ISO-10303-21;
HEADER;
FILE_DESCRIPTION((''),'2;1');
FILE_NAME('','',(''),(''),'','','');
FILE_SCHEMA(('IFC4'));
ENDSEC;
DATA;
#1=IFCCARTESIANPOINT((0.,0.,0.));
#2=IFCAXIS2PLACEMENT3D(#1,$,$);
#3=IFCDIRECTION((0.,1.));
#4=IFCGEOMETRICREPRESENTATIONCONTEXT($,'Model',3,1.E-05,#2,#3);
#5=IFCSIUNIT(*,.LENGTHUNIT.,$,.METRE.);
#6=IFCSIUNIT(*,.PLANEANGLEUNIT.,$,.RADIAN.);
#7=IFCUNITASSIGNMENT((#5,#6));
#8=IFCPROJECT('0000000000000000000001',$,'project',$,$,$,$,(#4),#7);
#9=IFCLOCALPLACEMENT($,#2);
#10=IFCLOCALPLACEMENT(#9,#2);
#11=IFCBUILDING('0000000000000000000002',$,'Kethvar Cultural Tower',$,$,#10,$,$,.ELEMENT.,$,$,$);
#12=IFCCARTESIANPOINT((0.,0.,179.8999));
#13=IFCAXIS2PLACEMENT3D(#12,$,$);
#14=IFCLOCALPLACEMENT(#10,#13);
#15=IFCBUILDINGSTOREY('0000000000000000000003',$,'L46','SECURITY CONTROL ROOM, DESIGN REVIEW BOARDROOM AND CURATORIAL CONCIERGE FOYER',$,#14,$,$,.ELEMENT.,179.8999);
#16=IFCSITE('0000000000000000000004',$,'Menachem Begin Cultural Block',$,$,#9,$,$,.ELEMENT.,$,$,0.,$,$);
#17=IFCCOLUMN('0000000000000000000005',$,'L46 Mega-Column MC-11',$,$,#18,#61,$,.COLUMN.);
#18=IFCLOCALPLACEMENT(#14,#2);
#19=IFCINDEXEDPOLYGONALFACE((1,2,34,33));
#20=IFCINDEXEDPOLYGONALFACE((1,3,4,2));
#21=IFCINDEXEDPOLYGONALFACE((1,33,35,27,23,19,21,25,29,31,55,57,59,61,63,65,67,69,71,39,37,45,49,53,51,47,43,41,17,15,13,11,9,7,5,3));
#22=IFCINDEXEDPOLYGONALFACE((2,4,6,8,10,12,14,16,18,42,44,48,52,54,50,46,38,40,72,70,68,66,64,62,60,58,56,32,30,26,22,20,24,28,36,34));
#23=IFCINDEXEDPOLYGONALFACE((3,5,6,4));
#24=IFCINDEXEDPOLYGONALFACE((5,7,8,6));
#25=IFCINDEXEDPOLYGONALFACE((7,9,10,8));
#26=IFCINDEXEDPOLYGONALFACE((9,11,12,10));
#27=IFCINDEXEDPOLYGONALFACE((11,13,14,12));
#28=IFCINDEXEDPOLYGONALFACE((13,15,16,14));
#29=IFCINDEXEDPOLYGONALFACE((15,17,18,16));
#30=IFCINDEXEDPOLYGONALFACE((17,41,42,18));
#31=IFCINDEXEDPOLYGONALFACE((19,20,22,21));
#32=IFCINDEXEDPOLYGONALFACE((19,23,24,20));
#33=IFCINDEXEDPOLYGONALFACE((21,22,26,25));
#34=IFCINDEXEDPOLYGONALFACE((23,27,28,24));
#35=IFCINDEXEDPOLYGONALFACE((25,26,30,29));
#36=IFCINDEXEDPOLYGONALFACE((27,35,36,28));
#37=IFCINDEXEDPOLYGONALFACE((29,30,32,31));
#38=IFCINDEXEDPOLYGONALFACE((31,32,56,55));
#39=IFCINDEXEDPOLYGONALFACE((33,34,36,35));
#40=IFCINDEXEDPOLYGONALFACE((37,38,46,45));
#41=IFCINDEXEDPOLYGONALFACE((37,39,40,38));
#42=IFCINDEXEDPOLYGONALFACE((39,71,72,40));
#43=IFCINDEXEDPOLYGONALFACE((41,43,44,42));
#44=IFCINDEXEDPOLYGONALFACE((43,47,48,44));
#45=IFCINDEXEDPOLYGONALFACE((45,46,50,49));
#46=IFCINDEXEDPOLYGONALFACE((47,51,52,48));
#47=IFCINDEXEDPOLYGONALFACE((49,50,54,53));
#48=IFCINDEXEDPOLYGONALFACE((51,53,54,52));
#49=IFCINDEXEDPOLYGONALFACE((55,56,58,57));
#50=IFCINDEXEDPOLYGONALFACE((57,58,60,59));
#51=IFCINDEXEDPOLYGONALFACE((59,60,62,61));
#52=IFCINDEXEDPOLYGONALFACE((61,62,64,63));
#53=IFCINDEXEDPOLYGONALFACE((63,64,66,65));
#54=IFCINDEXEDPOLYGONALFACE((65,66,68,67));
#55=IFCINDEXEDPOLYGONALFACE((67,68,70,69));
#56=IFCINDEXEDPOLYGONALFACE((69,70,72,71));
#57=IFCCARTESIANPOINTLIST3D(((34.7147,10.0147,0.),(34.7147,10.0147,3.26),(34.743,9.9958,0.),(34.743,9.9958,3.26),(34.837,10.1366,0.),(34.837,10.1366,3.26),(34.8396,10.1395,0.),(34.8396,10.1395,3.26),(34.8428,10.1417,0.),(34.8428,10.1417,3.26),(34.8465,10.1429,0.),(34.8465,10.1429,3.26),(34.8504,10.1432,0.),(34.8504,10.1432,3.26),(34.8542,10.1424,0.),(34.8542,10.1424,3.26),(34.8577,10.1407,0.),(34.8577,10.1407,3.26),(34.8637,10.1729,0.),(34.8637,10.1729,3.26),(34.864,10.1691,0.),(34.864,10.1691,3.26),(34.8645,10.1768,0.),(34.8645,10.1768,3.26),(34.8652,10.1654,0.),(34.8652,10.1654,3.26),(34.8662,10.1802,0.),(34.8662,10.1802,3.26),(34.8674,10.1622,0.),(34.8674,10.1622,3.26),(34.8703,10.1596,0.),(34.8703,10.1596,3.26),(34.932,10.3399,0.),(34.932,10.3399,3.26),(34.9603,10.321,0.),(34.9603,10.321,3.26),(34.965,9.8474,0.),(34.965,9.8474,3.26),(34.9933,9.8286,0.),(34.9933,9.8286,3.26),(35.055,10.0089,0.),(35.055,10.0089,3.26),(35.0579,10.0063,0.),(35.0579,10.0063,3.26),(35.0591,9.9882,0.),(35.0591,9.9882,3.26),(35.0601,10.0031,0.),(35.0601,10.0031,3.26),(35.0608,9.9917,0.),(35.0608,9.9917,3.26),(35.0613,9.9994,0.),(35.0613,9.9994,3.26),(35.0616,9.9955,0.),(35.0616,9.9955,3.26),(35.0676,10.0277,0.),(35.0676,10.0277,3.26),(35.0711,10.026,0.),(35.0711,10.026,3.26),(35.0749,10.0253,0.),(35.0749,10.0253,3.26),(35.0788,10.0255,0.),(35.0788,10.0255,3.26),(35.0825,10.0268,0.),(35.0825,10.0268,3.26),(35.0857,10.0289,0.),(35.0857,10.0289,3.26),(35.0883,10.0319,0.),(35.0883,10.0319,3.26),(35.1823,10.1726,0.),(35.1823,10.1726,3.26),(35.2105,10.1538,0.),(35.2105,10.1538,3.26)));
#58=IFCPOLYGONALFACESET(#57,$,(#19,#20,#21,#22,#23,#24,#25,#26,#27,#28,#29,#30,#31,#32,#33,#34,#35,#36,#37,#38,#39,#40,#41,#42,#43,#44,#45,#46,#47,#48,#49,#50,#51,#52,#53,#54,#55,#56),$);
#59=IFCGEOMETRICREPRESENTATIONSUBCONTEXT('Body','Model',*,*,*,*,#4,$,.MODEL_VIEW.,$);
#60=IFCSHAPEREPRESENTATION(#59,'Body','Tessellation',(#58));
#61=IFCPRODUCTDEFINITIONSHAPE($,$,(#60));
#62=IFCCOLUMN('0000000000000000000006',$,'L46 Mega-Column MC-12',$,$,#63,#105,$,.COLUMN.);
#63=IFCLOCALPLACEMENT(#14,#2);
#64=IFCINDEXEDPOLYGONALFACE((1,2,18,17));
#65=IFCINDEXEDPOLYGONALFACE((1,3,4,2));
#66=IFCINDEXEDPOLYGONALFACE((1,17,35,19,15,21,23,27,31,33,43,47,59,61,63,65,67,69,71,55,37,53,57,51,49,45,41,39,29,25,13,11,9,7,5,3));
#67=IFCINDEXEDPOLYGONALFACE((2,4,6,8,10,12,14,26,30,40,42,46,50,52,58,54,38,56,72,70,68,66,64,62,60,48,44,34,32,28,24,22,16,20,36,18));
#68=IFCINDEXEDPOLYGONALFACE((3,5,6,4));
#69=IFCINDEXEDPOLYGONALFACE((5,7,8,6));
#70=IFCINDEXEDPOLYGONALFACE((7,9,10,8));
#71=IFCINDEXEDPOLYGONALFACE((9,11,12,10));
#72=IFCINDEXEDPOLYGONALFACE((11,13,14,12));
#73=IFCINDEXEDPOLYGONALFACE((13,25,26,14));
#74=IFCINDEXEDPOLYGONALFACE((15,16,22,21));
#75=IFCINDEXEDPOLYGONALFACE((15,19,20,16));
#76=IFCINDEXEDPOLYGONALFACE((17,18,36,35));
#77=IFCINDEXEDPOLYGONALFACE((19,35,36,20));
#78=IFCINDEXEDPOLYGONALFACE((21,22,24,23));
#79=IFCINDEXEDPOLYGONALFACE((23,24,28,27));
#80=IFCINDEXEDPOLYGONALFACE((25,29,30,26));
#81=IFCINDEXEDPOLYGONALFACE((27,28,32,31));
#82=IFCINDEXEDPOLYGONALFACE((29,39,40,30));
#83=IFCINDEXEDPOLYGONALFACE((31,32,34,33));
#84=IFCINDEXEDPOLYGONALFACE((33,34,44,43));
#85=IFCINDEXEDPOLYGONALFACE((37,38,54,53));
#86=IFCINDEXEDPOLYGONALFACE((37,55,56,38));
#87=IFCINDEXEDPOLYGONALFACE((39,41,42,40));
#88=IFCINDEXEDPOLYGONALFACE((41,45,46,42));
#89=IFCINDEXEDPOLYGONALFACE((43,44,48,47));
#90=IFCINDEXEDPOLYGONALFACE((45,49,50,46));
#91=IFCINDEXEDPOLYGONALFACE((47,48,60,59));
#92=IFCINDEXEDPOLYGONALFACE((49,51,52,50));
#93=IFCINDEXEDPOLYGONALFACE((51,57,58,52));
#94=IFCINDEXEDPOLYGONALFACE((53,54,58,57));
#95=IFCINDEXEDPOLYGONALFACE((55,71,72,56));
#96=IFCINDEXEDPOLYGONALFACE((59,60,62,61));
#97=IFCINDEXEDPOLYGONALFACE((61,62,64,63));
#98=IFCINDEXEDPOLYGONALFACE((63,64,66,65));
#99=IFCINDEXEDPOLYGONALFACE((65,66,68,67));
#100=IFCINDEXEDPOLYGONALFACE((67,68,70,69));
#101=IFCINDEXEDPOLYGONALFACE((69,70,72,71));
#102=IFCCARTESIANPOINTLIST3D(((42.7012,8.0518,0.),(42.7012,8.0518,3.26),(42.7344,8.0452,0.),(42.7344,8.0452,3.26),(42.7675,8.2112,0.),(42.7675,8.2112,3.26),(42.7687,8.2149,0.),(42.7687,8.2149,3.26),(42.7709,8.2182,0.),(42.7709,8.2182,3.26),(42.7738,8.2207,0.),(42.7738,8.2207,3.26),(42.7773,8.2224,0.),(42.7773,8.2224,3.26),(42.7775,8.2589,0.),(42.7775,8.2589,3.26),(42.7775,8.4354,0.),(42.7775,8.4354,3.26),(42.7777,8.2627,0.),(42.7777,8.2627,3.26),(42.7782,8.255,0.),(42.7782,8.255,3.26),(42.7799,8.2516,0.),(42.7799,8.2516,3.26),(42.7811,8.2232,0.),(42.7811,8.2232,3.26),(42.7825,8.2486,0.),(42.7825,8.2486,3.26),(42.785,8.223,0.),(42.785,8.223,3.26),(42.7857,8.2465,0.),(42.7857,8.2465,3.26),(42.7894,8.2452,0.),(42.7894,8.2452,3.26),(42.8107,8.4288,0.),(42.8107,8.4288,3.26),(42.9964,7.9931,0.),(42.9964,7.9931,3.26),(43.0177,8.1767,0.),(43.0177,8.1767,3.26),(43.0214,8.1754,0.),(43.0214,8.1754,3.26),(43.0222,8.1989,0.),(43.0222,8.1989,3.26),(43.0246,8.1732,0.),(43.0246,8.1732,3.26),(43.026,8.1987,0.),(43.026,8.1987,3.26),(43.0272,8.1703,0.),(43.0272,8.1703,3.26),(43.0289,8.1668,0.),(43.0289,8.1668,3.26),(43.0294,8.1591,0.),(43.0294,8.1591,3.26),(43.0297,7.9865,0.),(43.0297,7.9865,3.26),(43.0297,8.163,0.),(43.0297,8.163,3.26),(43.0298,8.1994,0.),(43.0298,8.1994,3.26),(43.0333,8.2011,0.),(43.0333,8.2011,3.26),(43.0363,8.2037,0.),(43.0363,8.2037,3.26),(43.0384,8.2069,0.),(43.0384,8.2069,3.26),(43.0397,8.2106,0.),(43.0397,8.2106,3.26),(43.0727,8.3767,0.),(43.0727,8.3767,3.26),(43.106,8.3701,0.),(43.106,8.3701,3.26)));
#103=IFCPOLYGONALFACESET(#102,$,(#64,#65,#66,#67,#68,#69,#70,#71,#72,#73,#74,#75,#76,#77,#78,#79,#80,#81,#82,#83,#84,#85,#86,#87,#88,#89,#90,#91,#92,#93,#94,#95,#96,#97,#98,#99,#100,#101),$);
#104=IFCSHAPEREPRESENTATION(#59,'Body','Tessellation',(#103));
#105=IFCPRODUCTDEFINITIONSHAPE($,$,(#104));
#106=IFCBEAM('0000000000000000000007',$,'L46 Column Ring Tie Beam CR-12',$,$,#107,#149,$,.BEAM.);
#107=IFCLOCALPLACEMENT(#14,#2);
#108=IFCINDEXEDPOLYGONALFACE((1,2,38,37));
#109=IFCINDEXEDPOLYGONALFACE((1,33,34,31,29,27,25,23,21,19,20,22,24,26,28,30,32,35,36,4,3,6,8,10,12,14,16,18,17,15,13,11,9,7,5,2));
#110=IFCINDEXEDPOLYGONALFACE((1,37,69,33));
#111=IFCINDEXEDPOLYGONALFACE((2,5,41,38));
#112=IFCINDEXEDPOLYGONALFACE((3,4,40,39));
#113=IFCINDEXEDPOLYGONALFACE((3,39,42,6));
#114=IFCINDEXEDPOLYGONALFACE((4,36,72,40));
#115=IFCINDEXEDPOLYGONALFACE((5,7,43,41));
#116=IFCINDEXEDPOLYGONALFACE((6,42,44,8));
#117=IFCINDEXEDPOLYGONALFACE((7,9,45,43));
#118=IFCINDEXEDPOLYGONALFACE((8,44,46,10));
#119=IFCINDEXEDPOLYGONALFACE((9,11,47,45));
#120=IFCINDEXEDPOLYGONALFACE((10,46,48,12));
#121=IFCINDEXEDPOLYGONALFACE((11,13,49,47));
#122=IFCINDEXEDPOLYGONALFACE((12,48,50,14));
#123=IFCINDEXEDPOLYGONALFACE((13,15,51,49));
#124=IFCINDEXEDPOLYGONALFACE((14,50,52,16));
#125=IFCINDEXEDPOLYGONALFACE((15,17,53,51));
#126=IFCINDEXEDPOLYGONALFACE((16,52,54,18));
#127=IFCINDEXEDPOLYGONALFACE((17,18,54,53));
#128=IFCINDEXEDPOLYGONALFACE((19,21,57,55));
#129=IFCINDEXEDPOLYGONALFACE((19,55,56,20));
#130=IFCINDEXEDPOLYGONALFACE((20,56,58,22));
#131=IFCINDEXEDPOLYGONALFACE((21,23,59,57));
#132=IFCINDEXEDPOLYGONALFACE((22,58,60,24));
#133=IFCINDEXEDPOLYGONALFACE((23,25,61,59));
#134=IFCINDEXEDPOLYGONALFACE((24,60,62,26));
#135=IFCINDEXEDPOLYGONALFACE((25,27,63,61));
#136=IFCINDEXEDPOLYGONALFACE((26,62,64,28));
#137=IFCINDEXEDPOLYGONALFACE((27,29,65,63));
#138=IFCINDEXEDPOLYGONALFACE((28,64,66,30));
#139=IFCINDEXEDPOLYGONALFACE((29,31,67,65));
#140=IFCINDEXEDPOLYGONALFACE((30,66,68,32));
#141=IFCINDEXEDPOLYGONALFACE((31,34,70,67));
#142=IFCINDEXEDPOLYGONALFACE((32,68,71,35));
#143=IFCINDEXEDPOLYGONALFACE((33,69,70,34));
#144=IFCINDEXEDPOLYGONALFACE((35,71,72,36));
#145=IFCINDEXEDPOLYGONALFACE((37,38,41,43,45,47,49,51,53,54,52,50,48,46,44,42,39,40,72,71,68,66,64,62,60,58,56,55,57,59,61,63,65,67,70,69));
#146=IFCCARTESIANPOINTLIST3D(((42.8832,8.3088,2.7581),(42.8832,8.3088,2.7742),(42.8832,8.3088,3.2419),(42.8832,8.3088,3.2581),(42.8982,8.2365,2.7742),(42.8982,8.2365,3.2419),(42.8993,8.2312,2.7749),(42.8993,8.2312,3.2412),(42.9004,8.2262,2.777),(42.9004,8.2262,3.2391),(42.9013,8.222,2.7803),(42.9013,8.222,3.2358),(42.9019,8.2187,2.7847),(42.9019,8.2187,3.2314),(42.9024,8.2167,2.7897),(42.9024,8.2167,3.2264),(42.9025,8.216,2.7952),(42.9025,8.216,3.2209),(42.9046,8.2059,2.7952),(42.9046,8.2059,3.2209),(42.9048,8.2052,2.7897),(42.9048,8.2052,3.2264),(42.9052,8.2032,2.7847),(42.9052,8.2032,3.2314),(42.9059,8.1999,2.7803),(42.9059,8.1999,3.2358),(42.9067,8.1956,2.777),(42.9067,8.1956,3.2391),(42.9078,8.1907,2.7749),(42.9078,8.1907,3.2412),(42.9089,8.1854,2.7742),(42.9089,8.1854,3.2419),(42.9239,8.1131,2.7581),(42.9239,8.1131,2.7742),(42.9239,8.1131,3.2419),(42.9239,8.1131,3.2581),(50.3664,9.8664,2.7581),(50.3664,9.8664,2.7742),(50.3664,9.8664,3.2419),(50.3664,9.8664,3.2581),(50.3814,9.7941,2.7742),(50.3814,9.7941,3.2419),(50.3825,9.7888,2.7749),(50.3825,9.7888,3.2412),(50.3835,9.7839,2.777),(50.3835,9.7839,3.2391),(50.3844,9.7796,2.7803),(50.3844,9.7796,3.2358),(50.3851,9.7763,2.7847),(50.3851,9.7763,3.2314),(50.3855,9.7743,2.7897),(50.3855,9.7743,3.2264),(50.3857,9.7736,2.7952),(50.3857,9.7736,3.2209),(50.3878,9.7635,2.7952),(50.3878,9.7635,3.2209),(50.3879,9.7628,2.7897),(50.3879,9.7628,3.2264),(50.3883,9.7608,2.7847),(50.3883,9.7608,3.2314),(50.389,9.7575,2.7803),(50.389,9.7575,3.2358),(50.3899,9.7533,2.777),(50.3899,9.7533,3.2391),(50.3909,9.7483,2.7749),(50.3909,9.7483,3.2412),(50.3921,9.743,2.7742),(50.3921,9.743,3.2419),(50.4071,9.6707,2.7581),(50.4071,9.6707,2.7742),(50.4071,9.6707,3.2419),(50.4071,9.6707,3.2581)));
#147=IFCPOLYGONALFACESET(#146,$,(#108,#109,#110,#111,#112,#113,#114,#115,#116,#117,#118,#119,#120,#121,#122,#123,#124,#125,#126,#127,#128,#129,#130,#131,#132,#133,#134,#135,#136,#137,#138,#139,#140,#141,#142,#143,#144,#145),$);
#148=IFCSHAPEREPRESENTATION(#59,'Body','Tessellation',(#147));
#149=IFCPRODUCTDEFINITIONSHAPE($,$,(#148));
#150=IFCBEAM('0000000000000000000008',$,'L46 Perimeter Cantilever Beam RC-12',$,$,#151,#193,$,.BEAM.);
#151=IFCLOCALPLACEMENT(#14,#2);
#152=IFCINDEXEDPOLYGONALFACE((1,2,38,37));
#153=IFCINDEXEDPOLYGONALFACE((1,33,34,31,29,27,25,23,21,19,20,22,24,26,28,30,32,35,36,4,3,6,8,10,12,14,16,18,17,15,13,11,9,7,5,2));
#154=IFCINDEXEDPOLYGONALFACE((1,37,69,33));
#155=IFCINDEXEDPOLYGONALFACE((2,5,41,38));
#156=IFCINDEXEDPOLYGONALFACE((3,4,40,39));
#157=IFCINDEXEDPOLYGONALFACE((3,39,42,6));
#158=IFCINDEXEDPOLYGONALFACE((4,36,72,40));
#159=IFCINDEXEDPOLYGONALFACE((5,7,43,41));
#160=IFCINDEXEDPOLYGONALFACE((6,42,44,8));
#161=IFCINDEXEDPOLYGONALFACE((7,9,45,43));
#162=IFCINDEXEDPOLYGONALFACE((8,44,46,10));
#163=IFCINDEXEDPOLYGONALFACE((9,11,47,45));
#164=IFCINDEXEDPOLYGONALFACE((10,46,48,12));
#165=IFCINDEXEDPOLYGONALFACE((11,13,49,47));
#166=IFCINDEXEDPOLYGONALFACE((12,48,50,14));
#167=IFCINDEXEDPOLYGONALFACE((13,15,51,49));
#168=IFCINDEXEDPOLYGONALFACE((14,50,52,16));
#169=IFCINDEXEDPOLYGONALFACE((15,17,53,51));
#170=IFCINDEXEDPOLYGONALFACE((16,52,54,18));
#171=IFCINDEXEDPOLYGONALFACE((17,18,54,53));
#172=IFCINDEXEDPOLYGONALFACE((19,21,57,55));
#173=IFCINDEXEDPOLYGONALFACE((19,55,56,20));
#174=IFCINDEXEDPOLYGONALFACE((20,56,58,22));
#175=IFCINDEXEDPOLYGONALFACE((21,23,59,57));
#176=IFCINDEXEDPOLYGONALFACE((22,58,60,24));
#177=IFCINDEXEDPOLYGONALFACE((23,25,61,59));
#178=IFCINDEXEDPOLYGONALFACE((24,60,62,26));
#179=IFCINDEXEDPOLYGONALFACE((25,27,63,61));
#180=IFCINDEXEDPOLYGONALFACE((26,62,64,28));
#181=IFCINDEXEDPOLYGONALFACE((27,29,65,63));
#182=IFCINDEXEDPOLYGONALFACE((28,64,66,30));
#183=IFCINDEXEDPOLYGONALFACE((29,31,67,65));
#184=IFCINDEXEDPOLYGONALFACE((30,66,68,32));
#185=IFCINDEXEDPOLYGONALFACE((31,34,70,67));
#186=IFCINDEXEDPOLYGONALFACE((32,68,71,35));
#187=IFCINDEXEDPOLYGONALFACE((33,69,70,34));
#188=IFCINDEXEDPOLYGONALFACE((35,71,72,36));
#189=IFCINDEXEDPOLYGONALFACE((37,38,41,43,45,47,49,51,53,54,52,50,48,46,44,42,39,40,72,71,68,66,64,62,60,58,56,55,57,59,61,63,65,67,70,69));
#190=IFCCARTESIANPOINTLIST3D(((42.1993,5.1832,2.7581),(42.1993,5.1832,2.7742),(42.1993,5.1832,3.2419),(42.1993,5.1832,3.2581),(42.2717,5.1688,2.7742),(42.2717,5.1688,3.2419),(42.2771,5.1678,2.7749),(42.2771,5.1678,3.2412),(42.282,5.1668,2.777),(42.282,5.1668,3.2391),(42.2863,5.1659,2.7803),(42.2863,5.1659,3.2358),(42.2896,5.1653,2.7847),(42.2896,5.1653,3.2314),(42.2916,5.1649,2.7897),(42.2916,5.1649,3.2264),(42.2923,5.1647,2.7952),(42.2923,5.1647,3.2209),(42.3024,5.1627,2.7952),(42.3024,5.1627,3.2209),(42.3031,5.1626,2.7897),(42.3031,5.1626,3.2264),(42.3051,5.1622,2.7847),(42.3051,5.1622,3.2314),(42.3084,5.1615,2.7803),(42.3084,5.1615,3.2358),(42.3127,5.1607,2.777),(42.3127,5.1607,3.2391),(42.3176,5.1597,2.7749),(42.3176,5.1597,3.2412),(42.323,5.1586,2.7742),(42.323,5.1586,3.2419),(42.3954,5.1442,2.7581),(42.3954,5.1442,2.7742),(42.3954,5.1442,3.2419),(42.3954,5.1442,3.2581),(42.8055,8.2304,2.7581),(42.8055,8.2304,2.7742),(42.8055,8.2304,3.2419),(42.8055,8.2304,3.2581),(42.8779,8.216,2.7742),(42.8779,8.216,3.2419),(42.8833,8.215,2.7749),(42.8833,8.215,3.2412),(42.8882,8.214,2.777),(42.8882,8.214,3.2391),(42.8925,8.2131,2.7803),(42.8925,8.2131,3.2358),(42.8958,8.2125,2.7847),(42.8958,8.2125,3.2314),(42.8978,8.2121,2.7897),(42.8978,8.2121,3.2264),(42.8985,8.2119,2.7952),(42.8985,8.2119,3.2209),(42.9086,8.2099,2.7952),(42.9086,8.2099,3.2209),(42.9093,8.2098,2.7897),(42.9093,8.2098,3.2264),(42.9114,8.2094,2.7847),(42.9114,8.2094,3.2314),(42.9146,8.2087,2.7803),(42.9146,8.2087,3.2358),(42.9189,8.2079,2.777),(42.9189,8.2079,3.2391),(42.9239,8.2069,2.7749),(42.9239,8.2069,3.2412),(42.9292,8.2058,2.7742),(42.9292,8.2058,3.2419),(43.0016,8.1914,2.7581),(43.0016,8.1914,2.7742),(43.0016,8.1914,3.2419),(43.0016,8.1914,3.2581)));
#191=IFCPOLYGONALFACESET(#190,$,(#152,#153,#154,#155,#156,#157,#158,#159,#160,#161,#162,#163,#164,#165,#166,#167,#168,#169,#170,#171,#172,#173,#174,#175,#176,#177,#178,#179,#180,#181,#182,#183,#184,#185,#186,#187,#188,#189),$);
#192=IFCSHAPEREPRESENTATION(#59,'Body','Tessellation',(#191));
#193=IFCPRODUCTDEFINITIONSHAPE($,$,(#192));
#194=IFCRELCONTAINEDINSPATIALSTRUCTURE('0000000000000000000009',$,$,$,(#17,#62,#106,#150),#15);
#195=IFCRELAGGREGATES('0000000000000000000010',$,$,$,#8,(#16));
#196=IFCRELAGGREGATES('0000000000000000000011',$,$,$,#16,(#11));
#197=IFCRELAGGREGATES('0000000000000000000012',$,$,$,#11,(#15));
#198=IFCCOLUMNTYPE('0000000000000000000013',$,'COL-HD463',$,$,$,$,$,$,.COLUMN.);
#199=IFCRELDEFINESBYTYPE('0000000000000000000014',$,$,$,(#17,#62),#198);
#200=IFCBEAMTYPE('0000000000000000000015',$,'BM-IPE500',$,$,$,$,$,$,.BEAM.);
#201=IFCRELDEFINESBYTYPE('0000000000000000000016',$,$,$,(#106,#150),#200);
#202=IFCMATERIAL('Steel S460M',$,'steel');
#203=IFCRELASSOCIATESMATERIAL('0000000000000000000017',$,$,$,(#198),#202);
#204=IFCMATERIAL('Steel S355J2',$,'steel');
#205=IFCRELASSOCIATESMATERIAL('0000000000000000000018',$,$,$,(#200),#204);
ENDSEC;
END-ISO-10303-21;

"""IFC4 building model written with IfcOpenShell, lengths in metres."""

from ifc_helpers import new_model, si_unit, direction, frame, origin, origin_2d, place, context, subcontext, project, spatial, i_section, extrude, source, transform, mapped, material, material_profile, profile_set, type_object, element, save


model = new_model("IFC4")

# Units and contexts
model_context = context("Model", 3, precision=1e-05, world=origin(), true_north=direction((0.0, 1.0)))
body_context = subcontext(model_context, "Body", "Model", "MODEL_VIEW")
ifc_project = project(units=[si_unit("LENGTHUNIT", "METRE"), si_unit("PLANEANGLEUNIT", "RADIAN")], contexts=[model_context])

# Site, building, storey
site_placement = place(None, origin())
site = spatial("IfcSite", under=ifc_project, at=site_placement, Name="Menachem Begin Cultural Block", CompositionType="ELEMENT", RefElevation=0.0)
building_placement = place(site_placement, origin())
building = spatial("IfcBuilding", under=site, at=building_placement, Name="Kethvar Cultural Tower", CompositionType="ELEMENT")
storey_placement = place(building_placement, frame((0.0, 0.0, 179.8999)))
storey = spatial("IfcBuildingStorey", under=building, at=storey_placement, Name="L46", Description="SECURITY CONTROL ROOM, DESIGN REVIEW BOARDROOM AND CURATORIAL CONCIERGE FOYER", CompositionType="ELEMENT", Elevation=179.8999)

# Columns
ifc_material_1 = material(Name="Steel S460M", Category="steel")
ifc_material_profile_1 = material_profile(ifc_material_1, i_section(OverallWidth=0.3911, OverallDepth=0.335, WebThickness=0.0227, FlangeThickness=0.0339, FilletRadius=0.0149, at=origin_2d()), Name="Steel S460M — HD400x463")
ifc_profile_set_1 = profile_set([ifc_material_profile_1], Name="Steel S460M — HD400x463")
column_type = type_object("IfcColumnType", Name="COL-HD463", PredefinedType="COLUMN", material=ifc_profile_set_1)
shared_shape_1 = source(origin(), body_context, "Body", "SweptSolid", [
    extrude(i_section(OverallWidth=0.3911, OverallDepth=0.335, WebThickness=0.0227, FlangeThickness=0.0339, FilletRadius=0.0149, at=origin_2d()), origin(), (0.0, 0.0, 1.0), 3.26),
])
for number, where, z_axis, x_axis, name in (
    (1, (34.9626, 10.0842, 0.0), (0.0, 0.0, 1.0), (-0.55557, -0.83147, 0.0), "L46 Mega-Column MC-11"),
    (2, (42.9036, 8.2109, 0.0), (0.0, 0.0, 1.0), (-0.19509, -0.980785, 0.0), "L46 Mega-Column MC-12"),
):
    element("IfcColumn", number, at=place(storey_placement, frame(where, z_axis=z_axis, x_axis=x_axis)), inside=storey, type_object=column_type, Name=name, PredefinedType="COLUMN", context=body_context, shape_type="MappedRepresentation", body=[
        mapped(shared_shape_1, transform((0.0, 0.0, 0.0), scale=1.0)),
    ])

# Beams
ifc_material_2 = material(Name="Steel S355J2", Category="steel")
ifc_material_profile_2 = material_profile(ifc_material_2, i_section(OverallWidth=0.2, OverallDepth=0.5, WebThickness=0.0103, FlangeThickness=0.0161, FilletRadius=0.021, at=origin_2d()), Name="Steel S355J2 — IPE500")
ifc_profile_set_2 = profile_set([ifc_material_profile_2], Name="Steel S355J2 — IPE500")
beam_type_1 = type_object("IfcBeamType", Name="BM-IPE500", PredefinedType="BEAM", material=ifc_profile_set_2)
shared_shape_2 = source(origin(), body_context, "Body", "SweptSolid", [
    extrude(i_section(OverallWidth=0.2, OverallDepth=0.5, WebThickness=0.0103, FlangeThickness=0.0161, FilletRadius=0.021, at=origin_2d()), origin(), (0.0, 0.0, 1.0), 7.6436),
])
beam_1_placement = place(storey_placement, frame((42.9036, 8.2109, 3.0081), z_axis=(0.979016, 0.203782, 0.0), x_axis=(-0.203782, 0.979016, 0.0)))
element("IfcBeam", 3, at=beam_1_placement, inside=storey, type_object=beam_type_1, Name="L46 Column Ring Tie Beam CR-12", PredefinedType="BEAM", context=body_context, shape_type="MappedRepresentation", body=[
    mapped(shared_shape_2, transform((0.0, 0.0, 0.0), scale=1.0)),
])
shared_shape_3 = source(origin(), body_context, "Body", "SweptSolid", [
    extrude(i_section(OverallWidth=0.2, OverallDepth=0.5, WebThickness=0.0103, FlangeThickness=0.0161, FilletRadius=0.021, at=origin_2d()), origin(), (0.0, 0.0, 1.0), 3.1069),
])
beam_2_placement = place(storey_placement, frame((42.9036, 8.2109, 3.0081), z_axis=(-0.195119, -0.98078, 0.0), x_axis=(0.98078, -0.195119, 0.0)))
element("IfcBeam", 4, at=beam_2_placement, inside=storey, type_object=beam_type_1, Name="L46 Perimeter Cantilever Beam RC-12", PredefinedType="BEAM", context=body_context, shape_type="MappedRepresentation", body=[
    mapped(shared_shape_3, transform((0.0, 0.0, 0.0), scale=1.0)),
])

save(model, "model.ifc")
